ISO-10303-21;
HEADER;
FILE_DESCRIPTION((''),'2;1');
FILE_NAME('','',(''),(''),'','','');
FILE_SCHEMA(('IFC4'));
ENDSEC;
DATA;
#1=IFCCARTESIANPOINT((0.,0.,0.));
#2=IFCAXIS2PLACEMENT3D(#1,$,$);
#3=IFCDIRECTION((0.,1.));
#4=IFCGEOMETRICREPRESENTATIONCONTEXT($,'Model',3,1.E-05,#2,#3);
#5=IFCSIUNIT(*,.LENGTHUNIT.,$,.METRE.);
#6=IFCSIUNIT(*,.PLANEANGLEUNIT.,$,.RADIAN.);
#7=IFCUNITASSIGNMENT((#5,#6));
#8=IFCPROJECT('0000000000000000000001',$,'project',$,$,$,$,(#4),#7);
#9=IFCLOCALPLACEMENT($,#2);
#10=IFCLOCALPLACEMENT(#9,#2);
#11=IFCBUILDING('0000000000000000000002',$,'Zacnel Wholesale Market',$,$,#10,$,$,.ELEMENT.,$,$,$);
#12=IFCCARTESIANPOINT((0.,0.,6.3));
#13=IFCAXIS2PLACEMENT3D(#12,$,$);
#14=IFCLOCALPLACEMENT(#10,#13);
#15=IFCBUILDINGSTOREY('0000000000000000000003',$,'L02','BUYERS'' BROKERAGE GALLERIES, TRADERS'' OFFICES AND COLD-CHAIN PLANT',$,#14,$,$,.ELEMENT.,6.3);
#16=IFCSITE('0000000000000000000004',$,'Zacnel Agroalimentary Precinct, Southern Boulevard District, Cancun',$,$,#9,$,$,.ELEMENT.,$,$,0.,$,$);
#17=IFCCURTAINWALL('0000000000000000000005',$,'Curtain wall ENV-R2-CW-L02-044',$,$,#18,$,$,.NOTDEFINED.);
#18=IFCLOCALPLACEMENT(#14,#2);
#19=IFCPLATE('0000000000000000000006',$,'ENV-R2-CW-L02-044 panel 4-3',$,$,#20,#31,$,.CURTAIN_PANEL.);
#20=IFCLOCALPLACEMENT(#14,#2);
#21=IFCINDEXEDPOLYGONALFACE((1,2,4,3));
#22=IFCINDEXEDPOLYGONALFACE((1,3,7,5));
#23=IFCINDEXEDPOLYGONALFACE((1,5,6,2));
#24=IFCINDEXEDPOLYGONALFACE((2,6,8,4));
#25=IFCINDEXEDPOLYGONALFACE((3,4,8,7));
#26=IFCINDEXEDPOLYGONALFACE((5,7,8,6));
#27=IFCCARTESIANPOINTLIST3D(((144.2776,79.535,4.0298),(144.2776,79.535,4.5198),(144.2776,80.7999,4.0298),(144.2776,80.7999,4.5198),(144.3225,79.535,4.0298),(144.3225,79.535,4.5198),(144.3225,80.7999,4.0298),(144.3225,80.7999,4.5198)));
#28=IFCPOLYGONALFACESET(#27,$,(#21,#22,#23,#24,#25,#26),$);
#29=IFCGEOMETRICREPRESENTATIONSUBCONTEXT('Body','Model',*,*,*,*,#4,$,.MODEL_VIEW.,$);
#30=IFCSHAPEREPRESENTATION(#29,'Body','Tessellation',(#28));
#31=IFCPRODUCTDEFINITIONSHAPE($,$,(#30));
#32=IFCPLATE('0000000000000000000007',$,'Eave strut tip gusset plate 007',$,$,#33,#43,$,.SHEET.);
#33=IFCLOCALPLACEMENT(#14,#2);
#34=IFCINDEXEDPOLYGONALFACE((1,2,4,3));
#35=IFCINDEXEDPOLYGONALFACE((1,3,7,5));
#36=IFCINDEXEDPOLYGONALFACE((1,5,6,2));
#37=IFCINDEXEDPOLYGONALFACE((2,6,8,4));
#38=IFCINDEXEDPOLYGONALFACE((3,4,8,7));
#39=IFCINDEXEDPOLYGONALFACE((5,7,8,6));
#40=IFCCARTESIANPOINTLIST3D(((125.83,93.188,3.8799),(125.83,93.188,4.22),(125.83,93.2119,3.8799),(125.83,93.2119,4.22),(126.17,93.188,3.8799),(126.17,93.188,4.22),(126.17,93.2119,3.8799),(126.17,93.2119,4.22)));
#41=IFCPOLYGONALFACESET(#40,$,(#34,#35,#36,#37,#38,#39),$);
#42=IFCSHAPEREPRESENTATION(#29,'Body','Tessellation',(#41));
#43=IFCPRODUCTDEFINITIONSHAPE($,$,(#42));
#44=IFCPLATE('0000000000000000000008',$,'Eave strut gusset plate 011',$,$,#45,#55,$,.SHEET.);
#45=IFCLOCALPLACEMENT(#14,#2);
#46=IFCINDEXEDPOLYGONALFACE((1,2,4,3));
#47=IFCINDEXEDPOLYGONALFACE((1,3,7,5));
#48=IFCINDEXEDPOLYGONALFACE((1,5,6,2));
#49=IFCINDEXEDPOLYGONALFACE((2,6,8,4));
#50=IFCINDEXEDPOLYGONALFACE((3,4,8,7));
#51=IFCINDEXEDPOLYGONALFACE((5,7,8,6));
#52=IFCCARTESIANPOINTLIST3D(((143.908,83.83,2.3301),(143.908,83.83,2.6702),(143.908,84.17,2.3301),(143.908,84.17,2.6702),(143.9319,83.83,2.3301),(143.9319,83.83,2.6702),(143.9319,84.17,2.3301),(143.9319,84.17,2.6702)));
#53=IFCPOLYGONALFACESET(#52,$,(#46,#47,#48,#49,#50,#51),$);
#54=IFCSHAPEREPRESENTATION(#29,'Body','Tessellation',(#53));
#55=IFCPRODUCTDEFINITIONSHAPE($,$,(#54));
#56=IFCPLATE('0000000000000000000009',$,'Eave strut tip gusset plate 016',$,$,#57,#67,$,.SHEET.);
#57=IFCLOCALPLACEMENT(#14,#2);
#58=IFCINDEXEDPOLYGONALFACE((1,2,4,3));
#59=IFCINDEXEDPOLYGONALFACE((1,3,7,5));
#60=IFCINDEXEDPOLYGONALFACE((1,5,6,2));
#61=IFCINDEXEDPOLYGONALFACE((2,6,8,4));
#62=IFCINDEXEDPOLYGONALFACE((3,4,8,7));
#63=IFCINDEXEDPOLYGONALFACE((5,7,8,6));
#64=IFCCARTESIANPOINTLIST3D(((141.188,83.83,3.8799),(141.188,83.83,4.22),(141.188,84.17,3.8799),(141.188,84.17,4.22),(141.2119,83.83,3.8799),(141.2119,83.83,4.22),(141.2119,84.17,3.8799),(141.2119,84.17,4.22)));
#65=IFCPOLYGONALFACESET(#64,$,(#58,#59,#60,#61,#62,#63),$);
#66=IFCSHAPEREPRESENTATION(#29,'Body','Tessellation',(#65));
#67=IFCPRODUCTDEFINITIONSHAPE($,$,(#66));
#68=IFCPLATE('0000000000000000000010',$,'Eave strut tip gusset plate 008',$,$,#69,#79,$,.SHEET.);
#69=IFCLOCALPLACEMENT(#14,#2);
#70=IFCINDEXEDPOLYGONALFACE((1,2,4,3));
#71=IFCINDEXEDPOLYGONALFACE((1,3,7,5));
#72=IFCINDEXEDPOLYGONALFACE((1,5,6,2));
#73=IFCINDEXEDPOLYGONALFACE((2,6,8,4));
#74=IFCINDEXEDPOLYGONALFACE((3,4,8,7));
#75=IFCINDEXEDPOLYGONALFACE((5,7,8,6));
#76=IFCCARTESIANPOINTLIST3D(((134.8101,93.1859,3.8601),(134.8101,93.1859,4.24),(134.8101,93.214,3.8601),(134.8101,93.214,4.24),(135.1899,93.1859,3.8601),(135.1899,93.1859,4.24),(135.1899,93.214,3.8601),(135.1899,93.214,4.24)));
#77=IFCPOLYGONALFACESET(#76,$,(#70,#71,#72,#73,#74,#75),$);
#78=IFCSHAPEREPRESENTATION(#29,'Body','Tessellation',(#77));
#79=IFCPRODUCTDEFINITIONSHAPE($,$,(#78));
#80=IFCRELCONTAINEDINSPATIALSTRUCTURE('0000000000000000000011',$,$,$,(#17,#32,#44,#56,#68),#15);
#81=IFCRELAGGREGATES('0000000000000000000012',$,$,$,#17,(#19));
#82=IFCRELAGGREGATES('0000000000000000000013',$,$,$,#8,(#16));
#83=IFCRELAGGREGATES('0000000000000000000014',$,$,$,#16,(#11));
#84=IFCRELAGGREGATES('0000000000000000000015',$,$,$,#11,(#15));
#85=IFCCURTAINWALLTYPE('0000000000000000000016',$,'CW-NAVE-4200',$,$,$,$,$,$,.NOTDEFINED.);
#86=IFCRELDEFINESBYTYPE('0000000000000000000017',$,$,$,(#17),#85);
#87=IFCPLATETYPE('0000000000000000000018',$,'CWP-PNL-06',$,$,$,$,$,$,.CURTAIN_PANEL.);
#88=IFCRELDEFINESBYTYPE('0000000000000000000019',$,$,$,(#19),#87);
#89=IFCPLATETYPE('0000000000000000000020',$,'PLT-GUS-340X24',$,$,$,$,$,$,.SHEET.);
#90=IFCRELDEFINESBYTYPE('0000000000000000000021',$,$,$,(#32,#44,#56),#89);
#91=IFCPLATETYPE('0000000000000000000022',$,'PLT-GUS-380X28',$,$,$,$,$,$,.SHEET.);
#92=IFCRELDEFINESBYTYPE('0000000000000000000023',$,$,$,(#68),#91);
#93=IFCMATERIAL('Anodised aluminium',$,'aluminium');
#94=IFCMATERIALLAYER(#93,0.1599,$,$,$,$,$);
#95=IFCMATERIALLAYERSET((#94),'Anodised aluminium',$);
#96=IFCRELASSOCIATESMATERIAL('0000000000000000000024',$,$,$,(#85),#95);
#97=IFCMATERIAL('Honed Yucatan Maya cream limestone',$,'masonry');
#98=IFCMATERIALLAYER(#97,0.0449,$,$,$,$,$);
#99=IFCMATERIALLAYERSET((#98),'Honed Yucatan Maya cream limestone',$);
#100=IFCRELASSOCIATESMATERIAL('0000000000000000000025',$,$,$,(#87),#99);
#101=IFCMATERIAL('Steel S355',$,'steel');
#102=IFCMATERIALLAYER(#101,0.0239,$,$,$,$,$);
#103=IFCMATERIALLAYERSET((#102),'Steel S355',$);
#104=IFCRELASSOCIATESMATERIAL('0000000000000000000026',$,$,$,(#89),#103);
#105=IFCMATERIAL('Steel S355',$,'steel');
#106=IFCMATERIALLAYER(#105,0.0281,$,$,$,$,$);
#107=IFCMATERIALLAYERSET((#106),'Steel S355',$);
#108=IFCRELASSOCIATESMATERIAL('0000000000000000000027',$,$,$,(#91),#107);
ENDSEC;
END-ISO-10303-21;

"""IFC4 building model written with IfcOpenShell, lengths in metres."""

from ifc_helpers import new_model, si_unit, direction, frame, origin, origin_2d, place, context, subcontext, project, spatial, rectangle, extrude, material, layer, layer_set, type_object, element, aggregate, save


model = new_model("IFC4")

# Units and contexts
model_context = context("Model", 3, precision=1e-05, world=origin(), true_north=direction((0.0, 1.0)))
body_context = subcontext(model_context, "Body", "Model", "MODEL_VIEW")
ifc_project = project(units=[si_unit("LENGTHUNIT", "METRE"), si_unit("PLANEANGLEUNIT", "RADIAN")], contexts=[model_context])

# Site, building, storey
site_placement = place(None, origin())
site = spatial("IfcSite", under=ifc_project, at=site_placement, Name="Zacnel Agroalimentary Precinct, Southern Boulevard District, Cancun", CompositionType="ELEMENT", RefElevation=0.0)
building_placement = place(site_placement, origin())
building = spatial("IfcBuilding", under=site, at=building_placement, Name="Zacnel Wholesale Market", CompositionType="ELEMENT")
storey_placement = place(building_placement, frame((0.0, 0.0, 6.3)))
storey = spatial("IfcBuildingStorey", under=building, at=storey_placement, Name="L02", Description="BUYERS' BROKERAGE GALLERIES, TRADERS' OFFICES AND COLD-CHAIN PLANT", CompositionType="ELEMENT", Elevation=6.3)

# Curtain wall
ifc_material_1 = material(Name="Anodised aluminium", Category="aluminium")
ifc_layer_1 = layer(ifc_material_1, 0.1599)
ifc_layer_set_1 = layer_set([ifc_layer_1], Name="Anodised aluminium")
curtain_wall_type = type_object("IfcCurtainWallType", Name="CW-NAVE-4200", PredefinedType="NOTDEFINED", material=ifc_layer_set_1)
curtain_wall_placement = place(storey_placement, origin())
curtain_wall = element("IfcCurtainWall", 1, at=curtain_wall_placement, inside=storey, type_object=curtain_wall_type, Name="Curtain wall ENV-R2-CW-L02-044", PredefinedType="NOTDEFINED")

# Plate
ifc_material_2 = material(Name="Honed Yucatan Maya cream limestone", Category="masonry")
ifc_layer_2 = layer(ifc_material_2, 0.0449)
ifc_layer_set_2 = layer_set([ifc_layer_2], Name="Honed Yucatan Maya cream limestone")
plate_type_1 = type_object("IfcPlateType", Name="CWP-PNL-06", PredefinedType="CURTAIN_PANEL", material=ifc_layer_set_2)
plate_1_placement = place(storey_placement, frame((144.3, 80.1675, 4.0298), z_axis=(0.0, 0.0, 1.0), x_axis=(0.0, 1.0, 0.0)))
plate_1 = element("IfcPlate", 2, at=plate_1_placement, type_object=plate_type_1, Name="ENV-R2-CW-L02-044 panel 4-3", PredefinedType="CURTAIN_PANEL", context=body_context, shape_type="SweptSolid", body=[
    extrude(rectangle(XDim=1.2649, YDim=0.0449, at=origin_2d()), origin(), (0.0, 0.0, 1.0), 0.49),
])
aggregate(curtain_wall, [plate_1])

# Plates
ifc_material_3 = material(Name="Steel S355", Category="steel")
ifc_layer_3 = layer(ifc_material_3, 0.0239)
ifc_layer_set_3 = layer_set([ifc_layer_3], Name="Steel S355")
plate_type_2 = type_object("IfcPlateType", Name="PLT-GUS-340X24", PredefinedType="SHEET", material=ifc_layer_set_3)
for number, where, z_axis, x_axis, name in (
    (3, (126.0, 93.2, 3.8799), (0.0, 0.0, 1.0), (1.0, 0.0, 0.0), "Eave strut tip gusset plate 007"),
    (4, (143.9199, 84.0, 2.3301), (0.0, 0.0, 1.0), (0.0, 1.0, 0.0), "Eave strut gusset plate 011"),
    (5, (141.2, 84.0, 3.8799), (0.0, 0.0, 1.0), (0.0, 1.0, 0.0), "Eave strut tip gusset plate 016"),
):
    element("IfcPlate", number, at=place(storey_placement, frame(where, z_axis=z_axis, x_axis=x_axis)), inside=storey, type_object=plate_type_2, Name=name, PredefinedType="SHEET", context=body_context, shape_type="SweptSolid", body=[
        extrude(rectangle(XDim=0.3401, YDim=0.0239, at=origin_2d()), origin(), (0.0, 0.0, 1.0), 0.3401),
    ])
ifc_material_4 = material(Name="Steel S355", Category="steel")
ifc_layer_4 = layer(ifc_material_4, 0.0281)
ifc_layer_set_4 = layer_set([ifc_layer_4], Name="Steel S355")
plate_type_3 = type_object("IfcPlateType", Name="PLT-GUS-380X28", PredefinedType="SHEET", material=ifc_layer_set_4)
plate_2_placement = place(storey_placement, frame((135.0, 93.2, 3.8601), z_axis=(0.0, 0.0, 1.0), x_axis=(1.0, 0.0, 0.0)))
element("IfcPlate", 6, at=plate_2_placement, inside=storey, type_object=plate_type_3, Name="Eave strut tip gusset plate 008", PredefinedType="SHEET", context=body_context, shape_type="SweptSolid", body=[
    extrude(rectangle(XDim=0.3799, YDim=0.0281, at=origin_2d()), origin(), (0.0, 0.0, 1.0), 0.3799),
])

save(model, "model.ifc")
